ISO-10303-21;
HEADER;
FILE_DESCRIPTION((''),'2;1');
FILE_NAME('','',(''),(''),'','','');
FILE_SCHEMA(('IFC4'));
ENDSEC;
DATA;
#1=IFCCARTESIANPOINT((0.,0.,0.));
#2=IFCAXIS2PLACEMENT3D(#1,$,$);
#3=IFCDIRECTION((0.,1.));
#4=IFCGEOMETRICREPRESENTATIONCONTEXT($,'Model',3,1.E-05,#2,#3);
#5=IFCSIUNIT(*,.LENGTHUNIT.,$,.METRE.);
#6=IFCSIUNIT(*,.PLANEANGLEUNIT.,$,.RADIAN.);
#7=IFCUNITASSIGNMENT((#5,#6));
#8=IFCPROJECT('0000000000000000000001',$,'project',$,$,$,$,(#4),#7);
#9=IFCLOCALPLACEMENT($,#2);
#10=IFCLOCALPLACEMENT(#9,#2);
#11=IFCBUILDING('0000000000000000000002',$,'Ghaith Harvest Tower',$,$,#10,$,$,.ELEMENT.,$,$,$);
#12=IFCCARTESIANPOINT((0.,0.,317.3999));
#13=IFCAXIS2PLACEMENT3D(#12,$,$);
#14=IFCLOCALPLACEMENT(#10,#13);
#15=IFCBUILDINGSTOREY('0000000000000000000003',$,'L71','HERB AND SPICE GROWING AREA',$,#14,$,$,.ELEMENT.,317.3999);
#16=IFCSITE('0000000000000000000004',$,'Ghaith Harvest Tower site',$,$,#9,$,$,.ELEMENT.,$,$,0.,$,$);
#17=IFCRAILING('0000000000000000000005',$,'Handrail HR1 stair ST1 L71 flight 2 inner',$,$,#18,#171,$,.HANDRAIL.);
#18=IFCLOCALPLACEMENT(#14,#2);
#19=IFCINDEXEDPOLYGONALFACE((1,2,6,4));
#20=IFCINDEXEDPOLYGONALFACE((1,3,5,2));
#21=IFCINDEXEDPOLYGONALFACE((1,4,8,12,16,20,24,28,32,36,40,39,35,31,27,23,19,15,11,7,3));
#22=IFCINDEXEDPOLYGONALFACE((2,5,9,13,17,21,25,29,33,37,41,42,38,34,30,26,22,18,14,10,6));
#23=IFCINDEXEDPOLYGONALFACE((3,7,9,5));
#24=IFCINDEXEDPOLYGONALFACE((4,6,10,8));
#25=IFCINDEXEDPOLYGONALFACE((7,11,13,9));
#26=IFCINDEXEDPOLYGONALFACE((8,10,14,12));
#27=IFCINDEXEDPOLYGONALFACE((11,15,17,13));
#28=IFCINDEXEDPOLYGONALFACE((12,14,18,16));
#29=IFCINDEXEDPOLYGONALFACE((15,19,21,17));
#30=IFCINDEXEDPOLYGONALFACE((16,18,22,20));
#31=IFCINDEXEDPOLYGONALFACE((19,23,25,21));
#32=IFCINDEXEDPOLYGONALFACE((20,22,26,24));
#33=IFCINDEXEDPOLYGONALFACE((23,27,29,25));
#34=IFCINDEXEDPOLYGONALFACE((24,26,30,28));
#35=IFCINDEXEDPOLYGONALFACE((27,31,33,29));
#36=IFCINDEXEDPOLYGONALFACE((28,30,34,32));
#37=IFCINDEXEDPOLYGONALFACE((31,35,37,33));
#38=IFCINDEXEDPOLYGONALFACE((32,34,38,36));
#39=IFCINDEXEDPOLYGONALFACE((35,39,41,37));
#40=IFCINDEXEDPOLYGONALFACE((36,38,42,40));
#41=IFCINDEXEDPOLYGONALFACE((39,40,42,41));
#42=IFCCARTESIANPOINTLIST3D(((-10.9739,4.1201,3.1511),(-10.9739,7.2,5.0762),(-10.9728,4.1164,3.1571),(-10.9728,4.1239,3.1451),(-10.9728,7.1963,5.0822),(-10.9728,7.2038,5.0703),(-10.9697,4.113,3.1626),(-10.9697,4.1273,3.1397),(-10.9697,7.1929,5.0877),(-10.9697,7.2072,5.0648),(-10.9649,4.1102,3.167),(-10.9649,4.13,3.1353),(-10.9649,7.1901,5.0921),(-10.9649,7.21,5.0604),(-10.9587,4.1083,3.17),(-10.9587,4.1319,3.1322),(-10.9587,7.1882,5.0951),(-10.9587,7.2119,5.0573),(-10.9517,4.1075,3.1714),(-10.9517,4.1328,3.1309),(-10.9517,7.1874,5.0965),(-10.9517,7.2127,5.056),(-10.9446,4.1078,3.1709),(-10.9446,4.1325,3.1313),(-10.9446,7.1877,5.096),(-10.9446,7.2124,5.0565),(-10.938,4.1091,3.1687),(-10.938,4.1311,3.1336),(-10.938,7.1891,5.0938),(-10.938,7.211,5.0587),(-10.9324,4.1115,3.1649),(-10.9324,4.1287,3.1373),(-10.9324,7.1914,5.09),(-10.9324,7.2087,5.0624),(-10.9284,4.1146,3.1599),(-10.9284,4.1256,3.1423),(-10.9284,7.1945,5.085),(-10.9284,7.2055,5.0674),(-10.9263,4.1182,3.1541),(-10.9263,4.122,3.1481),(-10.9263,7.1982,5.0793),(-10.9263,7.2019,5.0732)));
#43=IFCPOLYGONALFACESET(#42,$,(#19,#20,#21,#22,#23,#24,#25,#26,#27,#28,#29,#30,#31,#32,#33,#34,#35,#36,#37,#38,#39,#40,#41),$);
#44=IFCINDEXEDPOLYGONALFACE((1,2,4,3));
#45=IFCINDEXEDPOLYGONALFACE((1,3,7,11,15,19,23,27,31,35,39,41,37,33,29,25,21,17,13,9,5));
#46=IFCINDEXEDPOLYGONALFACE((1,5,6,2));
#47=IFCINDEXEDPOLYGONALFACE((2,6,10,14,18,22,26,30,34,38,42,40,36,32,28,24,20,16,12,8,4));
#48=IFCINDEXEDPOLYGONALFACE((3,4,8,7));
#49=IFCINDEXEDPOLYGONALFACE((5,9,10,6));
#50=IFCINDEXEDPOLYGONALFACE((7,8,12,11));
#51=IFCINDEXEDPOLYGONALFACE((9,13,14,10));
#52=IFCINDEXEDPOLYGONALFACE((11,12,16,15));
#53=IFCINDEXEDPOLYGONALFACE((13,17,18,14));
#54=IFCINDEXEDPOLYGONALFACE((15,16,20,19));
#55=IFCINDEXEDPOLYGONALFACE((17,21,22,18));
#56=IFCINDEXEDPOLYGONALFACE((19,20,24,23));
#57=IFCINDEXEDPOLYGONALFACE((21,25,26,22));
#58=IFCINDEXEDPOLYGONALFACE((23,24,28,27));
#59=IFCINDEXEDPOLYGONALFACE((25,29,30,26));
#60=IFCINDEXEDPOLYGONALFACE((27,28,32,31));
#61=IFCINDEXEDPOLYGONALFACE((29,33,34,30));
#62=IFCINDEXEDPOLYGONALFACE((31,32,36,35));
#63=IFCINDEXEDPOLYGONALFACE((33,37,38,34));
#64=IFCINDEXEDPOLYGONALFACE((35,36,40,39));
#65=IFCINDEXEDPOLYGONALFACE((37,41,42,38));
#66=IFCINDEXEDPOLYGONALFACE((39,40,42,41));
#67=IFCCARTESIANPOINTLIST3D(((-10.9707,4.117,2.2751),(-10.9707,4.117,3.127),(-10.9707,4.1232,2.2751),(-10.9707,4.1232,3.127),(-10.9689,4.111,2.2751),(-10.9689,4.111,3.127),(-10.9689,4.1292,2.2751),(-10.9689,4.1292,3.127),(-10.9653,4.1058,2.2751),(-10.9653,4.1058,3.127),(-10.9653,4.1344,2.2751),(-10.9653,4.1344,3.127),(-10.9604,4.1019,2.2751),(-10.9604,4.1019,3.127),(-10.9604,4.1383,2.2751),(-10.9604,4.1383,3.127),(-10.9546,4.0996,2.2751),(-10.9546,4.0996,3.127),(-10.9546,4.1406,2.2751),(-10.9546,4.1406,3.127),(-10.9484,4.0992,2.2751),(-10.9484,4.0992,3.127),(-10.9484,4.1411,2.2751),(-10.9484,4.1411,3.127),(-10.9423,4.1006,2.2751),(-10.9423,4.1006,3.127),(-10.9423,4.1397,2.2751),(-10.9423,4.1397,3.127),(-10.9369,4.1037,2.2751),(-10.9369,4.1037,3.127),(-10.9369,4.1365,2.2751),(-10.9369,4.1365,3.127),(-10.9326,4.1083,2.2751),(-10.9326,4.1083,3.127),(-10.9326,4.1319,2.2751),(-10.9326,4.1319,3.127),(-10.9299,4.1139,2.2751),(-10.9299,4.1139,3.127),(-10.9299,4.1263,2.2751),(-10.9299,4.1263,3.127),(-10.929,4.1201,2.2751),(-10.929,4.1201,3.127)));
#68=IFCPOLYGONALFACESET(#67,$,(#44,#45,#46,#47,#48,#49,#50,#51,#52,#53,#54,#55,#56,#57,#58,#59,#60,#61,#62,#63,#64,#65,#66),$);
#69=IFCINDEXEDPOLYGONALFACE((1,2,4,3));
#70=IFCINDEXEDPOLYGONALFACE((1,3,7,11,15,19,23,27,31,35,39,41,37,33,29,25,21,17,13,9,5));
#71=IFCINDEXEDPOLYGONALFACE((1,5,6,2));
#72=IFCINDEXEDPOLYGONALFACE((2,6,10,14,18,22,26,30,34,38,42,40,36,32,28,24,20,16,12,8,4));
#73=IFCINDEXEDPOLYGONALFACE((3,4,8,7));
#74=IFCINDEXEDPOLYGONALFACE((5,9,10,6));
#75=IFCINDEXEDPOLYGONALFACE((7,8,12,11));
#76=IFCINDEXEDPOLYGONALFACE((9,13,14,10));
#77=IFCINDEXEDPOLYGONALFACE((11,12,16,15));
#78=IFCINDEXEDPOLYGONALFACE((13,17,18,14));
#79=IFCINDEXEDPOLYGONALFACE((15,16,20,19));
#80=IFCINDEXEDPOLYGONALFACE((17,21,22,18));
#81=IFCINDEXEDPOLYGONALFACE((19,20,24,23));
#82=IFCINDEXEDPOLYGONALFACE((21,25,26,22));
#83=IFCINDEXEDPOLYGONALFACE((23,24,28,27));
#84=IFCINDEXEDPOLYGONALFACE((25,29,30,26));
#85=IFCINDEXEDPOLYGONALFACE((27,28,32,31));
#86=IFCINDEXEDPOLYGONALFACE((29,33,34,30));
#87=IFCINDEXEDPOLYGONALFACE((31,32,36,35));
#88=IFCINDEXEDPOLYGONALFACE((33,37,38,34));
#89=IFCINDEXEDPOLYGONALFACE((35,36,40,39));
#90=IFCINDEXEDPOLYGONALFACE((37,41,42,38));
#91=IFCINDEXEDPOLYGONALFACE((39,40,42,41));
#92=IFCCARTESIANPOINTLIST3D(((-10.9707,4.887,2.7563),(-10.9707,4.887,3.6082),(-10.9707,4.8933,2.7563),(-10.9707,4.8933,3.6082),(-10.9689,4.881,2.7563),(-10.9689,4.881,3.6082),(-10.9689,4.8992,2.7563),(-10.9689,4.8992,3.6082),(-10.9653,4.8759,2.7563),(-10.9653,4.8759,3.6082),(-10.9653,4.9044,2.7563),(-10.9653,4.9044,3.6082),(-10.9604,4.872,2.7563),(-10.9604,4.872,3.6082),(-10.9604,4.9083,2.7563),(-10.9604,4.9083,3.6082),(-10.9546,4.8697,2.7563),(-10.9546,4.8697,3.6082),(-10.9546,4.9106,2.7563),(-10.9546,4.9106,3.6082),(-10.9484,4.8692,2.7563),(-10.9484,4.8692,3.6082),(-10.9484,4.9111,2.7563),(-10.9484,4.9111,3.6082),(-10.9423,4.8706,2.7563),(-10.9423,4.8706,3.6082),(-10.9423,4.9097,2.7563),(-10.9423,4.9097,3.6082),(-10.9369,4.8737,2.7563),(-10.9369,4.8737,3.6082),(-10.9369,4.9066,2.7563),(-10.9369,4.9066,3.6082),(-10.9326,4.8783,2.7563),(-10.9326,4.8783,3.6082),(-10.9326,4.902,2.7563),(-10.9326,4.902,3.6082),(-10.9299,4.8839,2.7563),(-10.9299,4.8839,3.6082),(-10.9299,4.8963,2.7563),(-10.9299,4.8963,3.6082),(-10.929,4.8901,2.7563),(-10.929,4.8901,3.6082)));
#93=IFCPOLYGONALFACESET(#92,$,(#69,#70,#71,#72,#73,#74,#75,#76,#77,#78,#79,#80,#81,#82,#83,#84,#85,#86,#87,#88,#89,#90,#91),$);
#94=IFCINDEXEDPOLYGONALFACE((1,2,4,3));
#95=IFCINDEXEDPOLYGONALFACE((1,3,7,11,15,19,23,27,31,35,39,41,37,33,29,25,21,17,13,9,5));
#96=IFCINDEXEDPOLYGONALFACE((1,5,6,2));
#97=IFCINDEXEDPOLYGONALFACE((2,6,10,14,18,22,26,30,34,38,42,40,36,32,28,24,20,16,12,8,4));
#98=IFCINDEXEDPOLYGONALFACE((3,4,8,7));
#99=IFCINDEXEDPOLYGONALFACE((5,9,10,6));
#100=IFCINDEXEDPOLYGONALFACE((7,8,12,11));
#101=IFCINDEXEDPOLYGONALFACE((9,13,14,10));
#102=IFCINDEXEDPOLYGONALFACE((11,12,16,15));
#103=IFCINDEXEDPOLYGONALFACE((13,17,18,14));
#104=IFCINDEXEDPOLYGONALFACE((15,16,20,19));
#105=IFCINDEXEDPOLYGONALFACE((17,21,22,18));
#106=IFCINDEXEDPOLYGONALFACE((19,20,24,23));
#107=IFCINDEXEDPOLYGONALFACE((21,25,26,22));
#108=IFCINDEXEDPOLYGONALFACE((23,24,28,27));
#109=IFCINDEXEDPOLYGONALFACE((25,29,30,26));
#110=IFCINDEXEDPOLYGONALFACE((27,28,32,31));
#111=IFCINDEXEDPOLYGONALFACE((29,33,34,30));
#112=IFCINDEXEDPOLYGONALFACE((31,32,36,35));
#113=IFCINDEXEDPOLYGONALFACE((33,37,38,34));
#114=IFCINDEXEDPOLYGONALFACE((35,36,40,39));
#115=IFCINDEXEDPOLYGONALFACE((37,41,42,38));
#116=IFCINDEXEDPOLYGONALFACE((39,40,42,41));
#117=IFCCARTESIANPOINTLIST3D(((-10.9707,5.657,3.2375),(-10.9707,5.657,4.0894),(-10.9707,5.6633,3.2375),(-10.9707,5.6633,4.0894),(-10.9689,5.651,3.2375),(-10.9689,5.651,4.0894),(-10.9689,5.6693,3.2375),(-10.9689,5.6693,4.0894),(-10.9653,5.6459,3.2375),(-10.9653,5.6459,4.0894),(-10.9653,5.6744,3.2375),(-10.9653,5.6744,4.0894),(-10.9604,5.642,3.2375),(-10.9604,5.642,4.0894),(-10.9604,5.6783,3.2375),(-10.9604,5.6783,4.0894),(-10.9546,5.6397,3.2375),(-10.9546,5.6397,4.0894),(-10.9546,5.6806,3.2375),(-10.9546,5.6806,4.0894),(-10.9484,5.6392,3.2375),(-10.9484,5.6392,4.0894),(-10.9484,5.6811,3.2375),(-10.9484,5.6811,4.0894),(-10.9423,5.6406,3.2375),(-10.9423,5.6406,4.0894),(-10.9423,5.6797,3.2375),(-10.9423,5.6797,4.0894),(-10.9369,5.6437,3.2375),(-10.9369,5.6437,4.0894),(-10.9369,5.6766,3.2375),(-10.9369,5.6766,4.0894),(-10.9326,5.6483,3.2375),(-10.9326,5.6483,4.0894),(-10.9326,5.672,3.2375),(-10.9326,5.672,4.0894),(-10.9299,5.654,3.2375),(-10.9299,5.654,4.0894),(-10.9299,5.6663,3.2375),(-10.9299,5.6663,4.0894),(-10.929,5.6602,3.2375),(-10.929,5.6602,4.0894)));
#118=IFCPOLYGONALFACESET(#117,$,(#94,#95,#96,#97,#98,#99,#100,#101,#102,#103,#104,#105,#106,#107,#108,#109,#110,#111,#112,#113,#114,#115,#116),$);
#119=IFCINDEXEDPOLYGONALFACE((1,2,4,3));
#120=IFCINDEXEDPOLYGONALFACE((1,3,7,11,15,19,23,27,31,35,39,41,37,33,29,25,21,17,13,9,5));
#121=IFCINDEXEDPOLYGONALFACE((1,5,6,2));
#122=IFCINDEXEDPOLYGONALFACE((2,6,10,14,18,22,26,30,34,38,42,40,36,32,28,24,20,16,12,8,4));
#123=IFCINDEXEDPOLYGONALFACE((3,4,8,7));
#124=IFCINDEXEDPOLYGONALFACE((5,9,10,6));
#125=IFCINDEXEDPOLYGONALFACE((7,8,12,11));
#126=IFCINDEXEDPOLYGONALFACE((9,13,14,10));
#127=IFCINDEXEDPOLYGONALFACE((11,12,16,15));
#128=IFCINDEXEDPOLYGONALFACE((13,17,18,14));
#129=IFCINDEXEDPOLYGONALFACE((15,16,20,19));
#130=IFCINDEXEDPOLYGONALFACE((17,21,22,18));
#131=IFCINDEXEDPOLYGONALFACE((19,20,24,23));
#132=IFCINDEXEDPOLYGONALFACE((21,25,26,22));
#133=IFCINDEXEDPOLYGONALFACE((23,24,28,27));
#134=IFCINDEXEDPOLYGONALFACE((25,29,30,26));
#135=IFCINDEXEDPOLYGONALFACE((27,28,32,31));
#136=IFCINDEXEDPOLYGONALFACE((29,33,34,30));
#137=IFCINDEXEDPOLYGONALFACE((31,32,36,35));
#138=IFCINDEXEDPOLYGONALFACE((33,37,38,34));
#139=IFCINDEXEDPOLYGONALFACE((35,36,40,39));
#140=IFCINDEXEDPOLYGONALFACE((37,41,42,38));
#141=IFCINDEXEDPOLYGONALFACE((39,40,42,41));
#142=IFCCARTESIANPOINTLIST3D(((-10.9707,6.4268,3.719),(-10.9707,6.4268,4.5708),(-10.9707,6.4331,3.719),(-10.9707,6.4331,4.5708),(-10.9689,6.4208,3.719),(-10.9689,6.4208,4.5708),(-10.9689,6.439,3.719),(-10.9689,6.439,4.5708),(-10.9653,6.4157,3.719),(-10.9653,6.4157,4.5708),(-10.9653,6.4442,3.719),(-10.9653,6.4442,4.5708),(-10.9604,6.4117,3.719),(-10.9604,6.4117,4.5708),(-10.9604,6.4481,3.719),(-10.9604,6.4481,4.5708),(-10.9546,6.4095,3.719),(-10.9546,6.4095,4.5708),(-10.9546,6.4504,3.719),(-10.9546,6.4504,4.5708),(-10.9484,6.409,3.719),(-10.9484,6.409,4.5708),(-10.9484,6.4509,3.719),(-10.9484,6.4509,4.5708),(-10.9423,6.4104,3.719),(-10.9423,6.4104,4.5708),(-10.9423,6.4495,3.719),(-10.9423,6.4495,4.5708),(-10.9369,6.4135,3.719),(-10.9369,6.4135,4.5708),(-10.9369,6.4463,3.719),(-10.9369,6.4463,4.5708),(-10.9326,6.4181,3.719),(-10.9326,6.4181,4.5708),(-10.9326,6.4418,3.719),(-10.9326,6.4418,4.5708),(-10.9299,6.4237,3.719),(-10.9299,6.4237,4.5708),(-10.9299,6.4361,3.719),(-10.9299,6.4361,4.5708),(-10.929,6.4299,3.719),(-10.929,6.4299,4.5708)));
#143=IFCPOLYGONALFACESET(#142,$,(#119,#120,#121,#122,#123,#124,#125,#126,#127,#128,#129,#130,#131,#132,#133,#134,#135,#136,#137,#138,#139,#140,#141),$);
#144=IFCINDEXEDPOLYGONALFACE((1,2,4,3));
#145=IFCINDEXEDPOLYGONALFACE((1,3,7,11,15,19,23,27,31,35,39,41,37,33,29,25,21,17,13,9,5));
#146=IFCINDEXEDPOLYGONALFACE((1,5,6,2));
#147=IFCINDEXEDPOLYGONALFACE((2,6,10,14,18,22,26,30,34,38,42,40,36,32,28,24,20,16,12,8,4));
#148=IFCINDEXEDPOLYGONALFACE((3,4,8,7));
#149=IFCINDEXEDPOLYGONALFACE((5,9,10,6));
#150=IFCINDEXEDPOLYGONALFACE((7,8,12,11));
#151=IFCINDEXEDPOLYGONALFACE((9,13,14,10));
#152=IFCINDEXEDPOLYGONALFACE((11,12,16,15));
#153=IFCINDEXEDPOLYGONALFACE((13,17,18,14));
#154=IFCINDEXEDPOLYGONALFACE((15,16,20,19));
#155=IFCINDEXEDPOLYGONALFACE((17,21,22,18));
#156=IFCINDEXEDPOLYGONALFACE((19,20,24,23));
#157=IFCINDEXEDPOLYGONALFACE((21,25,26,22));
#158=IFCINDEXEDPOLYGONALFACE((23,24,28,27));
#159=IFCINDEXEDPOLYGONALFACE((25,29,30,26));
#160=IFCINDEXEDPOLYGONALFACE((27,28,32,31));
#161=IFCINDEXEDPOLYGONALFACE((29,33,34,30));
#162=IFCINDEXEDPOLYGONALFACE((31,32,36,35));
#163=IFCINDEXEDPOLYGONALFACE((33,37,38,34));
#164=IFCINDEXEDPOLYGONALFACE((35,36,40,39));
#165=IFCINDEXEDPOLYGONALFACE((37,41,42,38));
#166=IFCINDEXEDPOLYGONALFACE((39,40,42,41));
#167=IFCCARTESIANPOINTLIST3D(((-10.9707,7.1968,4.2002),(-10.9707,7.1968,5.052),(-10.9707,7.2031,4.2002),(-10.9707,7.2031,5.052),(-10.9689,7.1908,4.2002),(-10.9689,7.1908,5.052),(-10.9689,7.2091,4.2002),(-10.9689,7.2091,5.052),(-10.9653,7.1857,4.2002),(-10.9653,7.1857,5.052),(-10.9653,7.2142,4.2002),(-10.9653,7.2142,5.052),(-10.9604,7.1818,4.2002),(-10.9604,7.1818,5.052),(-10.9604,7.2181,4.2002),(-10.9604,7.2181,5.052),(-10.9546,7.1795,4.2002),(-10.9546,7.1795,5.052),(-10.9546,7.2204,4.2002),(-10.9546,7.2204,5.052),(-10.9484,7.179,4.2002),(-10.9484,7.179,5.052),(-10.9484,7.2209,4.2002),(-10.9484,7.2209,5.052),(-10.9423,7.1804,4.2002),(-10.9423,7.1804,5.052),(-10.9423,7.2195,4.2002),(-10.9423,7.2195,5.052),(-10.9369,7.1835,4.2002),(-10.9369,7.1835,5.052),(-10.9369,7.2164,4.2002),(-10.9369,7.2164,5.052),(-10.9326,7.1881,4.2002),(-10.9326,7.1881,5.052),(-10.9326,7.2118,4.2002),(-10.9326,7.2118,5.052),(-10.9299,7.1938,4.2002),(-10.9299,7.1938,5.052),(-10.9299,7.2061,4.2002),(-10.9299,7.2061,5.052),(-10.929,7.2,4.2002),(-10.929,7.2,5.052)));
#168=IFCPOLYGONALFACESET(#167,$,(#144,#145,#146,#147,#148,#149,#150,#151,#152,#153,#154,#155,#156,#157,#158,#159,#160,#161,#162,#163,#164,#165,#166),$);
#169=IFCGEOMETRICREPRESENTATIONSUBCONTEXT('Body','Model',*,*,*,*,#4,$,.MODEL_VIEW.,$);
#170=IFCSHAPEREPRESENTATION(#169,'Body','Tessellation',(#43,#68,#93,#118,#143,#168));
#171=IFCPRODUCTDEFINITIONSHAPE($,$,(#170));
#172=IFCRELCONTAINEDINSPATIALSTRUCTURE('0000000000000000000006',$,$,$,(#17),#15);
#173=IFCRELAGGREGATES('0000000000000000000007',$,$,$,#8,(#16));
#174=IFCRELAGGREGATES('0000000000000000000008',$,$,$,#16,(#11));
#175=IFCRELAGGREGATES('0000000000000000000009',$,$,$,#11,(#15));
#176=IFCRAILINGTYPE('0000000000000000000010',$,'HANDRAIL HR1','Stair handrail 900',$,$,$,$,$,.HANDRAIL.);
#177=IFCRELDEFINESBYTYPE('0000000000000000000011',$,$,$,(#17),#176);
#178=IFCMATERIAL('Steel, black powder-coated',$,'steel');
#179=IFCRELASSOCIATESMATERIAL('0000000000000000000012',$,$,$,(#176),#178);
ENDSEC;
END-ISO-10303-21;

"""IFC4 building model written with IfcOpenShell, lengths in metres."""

from ifc_helpers import new_model, si_unit, direction, frame, origin, origin_2d, place, context, subcontext, project, spatial, circle, extrude, material, type_object, element, save


model = new_model("IFC4")

# Units and contexts
model_context = context("Model", 3, precision=1e-05, world=origin(), true_north=direction((0.0, 1.0)))
body_context = subcontext(model_context, "Body", "Model", "MODEL_VIEW")
ifc_project = project(units=[si_unit("LENGTHUNIT", "METRE"), si_unit("PLANEANGLEUNIT", "RADIAN")], contexts=[model_context])

# Site, building, storey
site_placement = place(None, origin())
site = spatial("IfcSite", under=ifc_project, at=site_placement, Name="Ghaith Harvest Tower site", CompositionType="ELEMENT", RefElevation=0.0)
building_placement = place(site_placement, origin())
building = spatial("IfcBuilding", under=site, at=building_placement, Name="Ghaith Harvest Tower", CompositionType="ELEMENT")
storey_placement = place(building_placement, frame((0.0, 0.0, 317.3999)))
storey = spatial("IfcBuildingStorey", under=building, at=storey_placement, Name="L71", Description="HERB AND SPICE GROWING AREA", CompositionType="ELEMENT", Elevation=317.3999)

# Railing
ifc_material_1 = material(Name="Steel, black powder-coated", Category="steel")
railing_type = type_object("IfcRailingType", Name="HANDRAIL HR1", Description="Stair handrail 900", PredefinedType="HANDRAIL", material=ifc_material_1)
railing_1_placement = place(storey_placement, frame((-10.95, 4.1201, 2.2751)))
element("IfcRailing", 1, at=railing_1_placement, inside=storey, type_object=railing_type, Name="Handrail HR1 stair ST1 L71 flight 2 inner", PredefinedType="HANDRAIL", context=body_context, shape_type="SweptSolid", body=[
    extrude(circle(Radius=0.0239, at=origin_2d()), frame((0.0, 0.0, 0.876), z_axis=(0.0, 0.847979, 0.530029), x_axis=(-1.0, 0.0, 0.0)), (0.0, 0.0, 1.0), 3.6321),
    extrude(circle(Radius=0.021, at=origin_2d()), origin(), (0.0, 0.0, 1.0), 0.8518),
    extrude(circle(Radius=0.021, at=origin_2d()), frame((0.0, 0.77, 0.4812)), (0.0, 0.0, 1.0), 0.8518),
    extrude(circle(Radius=0.021, at=origin_2d()), frame((0.0, 1.54, 0.9624)), (0.0, 0.0, 1.0), 0.8518),
    extrude(circle(Radius=0.021, at=origin_2d()), frame((0.0, 2.3098, 1.4438)), (0.0, 0.0, 1.0), 0.8518),
    extrude(circle(Radius=0.021, at=origin_2d()), frame((0.0, 3.0798, 1.925)), (0.0, 0.0, 1.0), 0.8518),
])

save(model, "model.ifc")
